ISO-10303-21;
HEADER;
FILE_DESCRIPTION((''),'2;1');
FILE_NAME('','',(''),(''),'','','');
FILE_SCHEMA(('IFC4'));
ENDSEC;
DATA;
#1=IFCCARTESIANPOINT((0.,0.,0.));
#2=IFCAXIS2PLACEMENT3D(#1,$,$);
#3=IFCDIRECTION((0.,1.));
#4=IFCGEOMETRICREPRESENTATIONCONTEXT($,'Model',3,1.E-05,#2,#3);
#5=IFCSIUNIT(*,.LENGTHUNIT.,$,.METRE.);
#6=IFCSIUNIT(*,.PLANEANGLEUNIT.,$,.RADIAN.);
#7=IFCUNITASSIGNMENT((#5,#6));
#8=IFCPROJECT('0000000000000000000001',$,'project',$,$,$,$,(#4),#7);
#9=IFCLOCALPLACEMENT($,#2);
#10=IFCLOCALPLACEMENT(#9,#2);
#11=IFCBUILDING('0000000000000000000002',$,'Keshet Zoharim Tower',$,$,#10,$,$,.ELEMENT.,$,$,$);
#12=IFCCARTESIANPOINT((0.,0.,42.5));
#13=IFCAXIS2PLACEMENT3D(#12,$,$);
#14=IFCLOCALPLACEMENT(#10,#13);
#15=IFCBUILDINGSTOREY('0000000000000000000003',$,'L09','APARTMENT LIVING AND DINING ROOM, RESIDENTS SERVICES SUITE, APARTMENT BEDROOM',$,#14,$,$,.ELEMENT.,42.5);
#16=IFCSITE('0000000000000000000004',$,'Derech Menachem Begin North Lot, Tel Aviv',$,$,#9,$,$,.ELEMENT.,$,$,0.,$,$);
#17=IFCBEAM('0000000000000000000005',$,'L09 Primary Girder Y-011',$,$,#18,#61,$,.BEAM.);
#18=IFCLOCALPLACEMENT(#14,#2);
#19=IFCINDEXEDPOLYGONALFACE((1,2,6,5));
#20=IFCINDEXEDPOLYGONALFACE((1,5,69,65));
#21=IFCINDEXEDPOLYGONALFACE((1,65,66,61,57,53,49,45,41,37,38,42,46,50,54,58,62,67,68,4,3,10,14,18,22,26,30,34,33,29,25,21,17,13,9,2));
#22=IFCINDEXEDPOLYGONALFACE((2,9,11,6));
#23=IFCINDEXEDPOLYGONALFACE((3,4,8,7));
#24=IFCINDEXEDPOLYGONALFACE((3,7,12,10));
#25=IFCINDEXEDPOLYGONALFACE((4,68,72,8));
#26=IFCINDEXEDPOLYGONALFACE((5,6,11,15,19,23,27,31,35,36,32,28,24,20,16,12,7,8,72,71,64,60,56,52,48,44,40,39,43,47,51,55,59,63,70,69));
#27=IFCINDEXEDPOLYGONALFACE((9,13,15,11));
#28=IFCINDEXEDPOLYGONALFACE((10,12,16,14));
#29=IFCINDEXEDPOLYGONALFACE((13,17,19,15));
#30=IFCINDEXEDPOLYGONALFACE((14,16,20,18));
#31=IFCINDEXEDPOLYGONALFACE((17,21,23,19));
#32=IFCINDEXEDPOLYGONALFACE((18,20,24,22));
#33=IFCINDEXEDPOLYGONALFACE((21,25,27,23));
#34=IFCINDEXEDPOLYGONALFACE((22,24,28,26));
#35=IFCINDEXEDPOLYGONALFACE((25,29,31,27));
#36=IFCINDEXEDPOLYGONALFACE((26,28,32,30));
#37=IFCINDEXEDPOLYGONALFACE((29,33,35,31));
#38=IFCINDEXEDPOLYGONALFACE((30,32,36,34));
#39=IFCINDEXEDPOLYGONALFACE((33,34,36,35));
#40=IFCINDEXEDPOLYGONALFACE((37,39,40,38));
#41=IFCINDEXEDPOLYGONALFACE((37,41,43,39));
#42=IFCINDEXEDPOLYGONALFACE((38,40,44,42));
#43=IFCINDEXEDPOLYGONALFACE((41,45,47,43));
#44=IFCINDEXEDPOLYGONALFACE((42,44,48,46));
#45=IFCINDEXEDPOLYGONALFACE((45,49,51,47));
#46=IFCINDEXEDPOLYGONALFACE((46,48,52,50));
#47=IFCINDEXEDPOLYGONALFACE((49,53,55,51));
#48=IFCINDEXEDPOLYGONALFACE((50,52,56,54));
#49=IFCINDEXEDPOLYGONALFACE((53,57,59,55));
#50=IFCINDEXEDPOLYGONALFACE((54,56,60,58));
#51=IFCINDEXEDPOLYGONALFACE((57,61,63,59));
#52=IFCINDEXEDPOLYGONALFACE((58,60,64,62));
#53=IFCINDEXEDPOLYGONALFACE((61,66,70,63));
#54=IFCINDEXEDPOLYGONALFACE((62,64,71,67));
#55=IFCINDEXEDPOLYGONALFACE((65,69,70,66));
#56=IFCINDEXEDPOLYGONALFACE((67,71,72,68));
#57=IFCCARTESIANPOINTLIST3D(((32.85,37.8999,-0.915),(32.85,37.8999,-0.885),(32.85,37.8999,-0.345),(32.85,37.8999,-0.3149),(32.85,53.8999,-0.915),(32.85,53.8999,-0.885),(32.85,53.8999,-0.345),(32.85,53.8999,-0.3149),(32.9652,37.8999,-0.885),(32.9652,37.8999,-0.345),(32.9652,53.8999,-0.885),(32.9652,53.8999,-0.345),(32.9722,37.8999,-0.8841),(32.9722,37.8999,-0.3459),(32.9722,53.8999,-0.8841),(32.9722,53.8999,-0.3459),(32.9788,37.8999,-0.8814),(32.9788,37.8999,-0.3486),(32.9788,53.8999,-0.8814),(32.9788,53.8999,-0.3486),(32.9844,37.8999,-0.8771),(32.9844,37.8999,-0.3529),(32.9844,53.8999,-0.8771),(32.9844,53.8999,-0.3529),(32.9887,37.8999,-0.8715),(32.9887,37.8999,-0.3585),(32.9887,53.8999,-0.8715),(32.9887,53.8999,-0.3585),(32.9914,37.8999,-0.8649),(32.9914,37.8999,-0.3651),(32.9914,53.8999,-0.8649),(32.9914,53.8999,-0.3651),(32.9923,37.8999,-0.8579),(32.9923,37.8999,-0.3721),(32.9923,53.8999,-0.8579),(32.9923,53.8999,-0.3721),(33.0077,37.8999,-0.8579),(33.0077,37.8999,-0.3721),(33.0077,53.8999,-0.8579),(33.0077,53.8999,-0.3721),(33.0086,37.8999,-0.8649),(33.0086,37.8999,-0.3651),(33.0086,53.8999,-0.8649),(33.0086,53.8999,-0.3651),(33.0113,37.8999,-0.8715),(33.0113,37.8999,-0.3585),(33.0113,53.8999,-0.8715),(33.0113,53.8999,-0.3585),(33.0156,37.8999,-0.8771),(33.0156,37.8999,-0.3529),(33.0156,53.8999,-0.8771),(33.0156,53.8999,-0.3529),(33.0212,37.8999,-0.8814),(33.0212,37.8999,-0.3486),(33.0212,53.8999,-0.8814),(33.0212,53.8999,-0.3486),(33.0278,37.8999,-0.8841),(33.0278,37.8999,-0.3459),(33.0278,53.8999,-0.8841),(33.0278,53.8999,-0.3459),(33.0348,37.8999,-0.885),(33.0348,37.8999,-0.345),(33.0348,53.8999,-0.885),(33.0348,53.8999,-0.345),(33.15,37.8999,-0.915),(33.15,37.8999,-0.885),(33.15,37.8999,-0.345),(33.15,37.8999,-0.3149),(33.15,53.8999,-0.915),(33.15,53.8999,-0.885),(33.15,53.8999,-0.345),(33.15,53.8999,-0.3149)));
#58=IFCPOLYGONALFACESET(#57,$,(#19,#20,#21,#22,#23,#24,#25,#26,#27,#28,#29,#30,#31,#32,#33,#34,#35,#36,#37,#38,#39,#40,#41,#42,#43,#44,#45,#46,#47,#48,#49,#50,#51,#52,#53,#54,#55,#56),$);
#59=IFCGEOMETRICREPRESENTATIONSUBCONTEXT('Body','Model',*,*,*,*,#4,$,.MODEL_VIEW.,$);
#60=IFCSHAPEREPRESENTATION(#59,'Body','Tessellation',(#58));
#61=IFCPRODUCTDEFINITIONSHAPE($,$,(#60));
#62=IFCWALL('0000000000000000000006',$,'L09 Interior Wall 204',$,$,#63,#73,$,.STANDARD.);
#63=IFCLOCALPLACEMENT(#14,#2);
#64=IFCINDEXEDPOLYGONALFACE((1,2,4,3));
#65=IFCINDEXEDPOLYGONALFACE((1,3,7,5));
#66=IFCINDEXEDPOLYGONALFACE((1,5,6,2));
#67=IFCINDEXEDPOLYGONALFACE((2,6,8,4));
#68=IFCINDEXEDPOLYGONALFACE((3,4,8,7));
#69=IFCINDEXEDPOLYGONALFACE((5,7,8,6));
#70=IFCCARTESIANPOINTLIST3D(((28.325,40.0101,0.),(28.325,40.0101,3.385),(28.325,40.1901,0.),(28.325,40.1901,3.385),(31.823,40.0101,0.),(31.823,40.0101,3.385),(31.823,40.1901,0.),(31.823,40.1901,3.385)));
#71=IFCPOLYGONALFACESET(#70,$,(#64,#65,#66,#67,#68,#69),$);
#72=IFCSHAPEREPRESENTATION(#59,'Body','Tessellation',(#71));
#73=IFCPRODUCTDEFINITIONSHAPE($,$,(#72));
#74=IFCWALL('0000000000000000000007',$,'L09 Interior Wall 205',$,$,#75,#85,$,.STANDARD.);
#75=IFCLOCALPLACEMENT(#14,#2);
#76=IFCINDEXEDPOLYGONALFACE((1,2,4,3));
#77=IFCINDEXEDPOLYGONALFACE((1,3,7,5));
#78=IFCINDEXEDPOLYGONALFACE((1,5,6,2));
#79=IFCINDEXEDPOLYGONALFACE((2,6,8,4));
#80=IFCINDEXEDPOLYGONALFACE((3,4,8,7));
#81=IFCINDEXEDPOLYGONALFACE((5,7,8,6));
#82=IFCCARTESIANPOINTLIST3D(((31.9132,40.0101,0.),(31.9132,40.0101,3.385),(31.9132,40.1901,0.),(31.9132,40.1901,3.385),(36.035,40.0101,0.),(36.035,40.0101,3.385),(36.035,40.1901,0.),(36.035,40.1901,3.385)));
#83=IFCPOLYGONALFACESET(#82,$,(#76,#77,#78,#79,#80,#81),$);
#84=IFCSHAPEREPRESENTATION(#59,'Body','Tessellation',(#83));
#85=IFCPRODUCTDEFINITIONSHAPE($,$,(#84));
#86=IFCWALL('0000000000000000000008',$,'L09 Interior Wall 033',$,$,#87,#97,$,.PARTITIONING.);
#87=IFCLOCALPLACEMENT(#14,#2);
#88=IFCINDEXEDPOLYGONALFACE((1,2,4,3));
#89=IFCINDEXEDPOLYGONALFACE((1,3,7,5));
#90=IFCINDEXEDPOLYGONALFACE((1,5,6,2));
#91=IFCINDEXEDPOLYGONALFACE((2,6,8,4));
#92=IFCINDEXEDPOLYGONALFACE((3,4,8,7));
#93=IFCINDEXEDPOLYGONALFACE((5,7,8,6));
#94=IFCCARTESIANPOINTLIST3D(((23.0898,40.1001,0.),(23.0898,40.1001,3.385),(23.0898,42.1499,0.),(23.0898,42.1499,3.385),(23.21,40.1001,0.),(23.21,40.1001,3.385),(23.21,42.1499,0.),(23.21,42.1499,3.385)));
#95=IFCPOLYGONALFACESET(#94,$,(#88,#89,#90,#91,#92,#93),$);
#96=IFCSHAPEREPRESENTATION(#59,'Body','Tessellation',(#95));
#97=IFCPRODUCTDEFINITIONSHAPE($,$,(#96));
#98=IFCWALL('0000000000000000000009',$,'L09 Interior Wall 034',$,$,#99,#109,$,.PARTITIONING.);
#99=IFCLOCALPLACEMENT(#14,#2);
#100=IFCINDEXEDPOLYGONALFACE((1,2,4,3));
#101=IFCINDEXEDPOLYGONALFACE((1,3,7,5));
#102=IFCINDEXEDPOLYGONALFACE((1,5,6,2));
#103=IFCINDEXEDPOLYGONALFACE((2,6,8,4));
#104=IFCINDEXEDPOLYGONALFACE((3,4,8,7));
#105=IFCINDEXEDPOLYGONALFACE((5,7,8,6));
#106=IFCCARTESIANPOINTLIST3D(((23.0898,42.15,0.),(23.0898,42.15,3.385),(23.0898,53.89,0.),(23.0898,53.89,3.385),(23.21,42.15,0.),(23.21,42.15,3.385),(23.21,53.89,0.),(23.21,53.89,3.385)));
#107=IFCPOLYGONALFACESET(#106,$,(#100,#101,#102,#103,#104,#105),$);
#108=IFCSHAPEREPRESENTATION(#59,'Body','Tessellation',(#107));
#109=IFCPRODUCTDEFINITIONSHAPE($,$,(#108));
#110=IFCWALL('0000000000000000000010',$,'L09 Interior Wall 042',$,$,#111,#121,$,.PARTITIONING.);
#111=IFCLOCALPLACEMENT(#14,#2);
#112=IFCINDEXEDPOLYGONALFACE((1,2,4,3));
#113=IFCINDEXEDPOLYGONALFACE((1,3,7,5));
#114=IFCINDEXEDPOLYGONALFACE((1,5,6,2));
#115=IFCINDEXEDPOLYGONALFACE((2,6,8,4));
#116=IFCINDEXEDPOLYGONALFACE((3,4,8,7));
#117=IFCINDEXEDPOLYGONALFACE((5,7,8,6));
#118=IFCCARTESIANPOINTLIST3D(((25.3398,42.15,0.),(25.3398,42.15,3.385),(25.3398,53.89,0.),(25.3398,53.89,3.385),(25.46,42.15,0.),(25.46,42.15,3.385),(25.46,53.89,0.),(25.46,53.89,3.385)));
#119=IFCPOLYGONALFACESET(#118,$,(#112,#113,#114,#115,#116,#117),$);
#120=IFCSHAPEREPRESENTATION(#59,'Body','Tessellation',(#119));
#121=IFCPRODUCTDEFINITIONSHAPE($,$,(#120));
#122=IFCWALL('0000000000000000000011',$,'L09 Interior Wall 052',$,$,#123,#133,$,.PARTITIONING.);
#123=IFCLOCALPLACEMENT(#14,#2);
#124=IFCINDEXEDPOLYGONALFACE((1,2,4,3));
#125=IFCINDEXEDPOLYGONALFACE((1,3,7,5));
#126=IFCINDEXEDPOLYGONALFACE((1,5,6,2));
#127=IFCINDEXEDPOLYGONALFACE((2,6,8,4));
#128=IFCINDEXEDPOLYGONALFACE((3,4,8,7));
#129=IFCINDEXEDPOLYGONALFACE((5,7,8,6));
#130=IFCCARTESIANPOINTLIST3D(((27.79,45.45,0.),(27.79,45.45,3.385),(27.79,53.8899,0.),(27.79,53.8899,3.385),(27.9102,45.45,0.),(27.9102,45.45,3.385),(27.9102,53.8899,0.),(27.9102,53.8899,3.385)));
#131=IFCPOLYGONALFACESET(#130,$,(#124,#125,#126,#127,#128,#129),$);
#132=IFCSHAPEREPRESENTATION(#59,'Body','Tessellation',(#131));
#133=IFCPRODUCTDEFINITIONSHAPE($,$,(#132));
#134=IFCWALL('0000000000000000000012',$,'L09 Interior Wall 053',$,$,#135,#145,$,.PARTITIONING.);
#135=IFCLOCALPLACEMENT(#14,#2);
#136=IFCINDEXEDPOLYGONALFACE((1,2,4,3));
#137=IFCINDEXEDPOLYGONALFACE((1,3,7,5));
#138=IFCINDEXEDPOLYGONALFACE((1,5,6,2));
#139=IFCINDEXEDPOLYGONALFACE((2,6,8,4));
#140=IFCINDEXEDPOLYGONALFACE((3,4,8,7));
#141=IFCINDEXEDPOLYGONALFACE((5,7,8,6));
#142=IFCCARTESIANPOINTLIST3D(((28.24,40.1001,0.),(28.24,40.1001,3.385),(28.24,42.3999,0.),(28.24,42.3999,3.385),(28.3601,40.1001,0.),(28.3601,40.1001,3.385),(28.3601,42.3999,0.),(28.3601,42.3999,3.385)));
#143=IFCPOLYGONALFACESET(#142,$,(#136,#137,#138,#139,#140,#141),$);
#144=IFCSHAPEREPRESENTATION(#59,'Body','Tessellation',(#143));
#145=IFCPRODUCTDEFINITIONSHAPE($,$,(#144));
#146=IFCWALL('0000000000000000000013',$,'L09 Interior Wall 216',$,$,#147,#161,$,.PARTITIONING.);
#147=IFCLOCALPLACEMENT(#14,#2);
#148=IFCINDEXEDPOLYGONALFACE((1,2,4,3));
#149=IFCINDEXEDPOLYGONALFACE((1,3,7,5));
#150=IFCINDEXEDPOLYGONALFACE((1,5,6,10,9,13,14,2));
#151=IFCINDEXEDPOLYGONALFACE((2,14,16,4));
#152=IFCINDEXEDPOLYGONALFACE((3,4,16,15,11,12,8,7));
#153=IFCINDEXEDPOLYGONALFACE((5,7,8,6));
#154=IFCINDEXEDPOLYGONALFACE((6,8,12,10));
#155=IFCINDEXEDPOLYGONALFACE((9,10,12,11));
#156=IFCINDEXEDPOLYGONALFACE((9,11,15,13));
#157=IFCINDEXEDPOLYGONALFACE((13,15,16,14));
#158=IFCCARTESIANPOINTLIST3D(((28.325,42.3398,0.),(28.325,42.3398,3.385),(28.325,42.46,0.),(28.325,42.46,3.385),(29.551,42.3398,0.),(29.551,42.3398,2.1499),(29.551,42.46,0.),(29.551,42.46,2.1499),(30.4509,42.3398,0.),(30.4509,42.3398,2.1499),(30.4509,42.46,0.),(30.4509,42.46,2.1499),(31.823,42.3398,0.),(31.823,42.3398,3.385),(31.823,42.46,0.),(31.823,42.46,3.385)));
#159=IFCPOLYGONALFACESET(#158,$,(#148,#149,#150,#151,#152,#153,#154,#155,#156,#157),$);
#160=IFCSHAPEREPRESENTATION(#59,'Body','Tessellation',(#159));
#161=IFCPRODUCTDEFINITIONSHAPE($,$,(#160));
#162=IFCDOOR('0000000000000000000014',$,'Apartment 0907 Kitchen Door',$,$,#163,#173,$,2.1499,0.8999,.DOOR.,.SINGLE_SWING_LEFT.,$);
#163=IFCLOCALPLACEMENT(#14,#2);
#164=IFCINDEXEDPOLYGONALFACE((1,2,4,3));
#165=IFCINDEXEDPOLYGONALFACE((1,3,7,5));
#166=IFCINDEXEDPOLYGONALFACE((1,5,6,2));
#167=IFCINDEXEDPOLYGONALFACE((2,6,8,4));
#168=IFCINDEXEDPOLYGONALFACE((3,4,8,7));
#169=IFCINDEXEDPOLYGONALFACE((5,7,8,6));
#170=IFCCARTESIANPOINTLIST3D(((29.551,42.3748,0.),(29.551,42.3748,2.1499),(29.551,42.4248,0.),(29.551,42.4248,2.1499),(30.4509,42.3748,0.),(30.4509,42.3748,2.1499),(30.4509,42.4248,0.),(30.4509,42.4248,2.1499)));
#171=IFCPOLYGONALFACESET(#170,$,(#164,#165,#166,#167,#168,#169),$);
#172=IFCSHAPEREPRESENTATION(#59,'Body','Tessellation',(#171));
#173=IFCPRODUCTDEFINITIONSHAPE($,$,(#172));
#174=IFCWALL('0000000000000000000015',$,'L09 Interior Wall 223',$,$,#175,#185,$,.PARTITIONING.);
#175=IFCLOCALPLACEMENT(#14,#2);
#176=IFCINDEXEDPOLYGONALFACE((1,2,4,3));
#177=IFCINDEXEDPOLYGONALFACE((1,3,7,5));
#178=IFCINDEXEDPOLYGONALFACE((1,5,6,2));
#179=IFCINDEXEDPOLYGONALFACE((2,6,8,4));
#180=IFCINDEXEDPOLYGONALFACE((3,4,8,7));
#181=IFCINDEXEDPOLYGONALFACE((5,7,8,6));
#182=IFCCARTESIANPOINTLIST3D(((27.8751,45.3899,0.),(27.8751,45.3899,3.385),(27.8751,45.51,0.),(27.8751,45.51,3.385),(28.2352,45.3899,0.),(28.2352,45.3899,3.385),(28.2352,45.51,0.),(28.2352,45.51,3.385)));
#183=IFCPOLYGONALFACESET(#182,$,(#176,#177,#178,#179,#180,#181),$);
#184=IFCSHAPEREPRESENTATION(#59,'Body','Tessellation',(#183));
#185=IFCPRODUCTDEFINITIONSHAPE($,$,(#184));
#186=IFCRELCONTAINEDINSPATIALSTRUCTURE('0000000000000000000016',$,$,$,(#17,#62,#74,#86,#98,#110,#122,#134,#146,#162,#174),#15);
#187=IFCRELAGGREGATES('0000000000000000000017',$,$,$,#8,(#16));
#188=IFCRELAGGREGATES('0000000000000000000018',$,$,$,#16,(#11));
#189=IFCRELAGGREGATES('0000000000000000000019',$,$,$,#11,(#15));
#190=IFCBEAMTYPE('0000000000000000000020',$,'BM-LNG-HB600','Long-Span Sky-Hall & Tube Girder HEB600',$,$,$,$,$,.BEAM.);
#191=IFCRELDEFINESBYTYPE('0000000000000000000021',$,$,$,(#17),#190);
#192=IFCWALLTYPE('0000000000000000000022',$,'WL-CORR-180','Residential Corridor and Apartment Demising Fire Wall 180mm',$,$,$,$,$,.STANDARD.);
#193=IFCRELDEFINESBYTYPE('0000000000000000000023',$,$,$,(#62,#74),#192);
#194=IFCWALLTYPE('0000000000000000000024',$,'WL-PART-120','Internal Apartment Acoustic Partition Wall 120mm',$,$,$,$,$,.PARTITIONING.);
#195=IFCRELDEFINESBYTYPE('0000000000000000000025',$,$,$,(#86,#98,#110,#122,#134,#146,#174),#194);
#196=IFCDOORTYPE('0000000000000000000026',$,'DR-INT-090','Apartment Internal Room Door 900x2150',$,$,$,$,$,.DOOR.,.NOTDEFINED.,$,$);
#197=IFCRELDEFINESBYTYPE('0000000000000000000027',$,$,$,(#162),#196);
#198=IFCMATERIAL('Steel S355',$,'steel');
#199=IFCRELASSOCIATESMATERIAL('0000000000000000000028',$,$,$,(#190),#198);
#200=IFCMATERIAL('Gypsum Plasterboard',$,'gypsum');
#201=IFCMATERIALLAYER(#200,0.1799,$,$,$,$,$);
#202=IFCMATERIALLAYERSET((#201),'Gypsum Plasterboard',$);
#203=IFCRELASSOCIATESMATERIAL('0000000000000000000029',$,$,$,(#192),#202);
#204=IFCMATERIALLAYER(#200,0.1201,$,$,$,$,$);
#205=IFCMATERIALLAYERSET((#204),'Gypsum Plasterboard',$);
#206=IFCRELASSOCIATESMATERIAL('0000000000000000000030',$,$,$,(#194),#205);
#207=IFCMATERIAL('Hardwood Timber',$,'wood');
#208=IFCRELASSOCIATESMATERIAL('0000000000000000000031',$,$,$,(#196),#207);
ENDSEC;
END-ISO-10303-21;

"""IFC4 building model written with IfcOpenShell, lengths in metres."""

from ifc_helpers import new_model, si_unit, direction, frame, frame_2d, origin, origin_2d, place, context, subcontext, project, spatial, rectangle, i_section, extrude, material, layer, layer_set, material_profile, profile_set, type_object, element, fill, save


model = new_model("IFC4")

# Units and contexts
model_context = context("Model", 3, precision=1e-05, world=origin(), true_north=direction((0.0, 1.0)))
body_context = subcontext(model_context, "Body", "Model", "MODEL_VIEW")
ifc_project = project(units=[si_unit("LENGTHUNIT", "METRE"), si_unit("PLANEANGLEUNIT", "RADIAN")], contexts=[model_context])

# Site, building, storey
site_placement = place(None, origin())
site = spatial("IfcSite", under=ifc_project, at=site_placement, Name="Derech Menachem Begin North Lot, Tel Aviv", CompositionType="ELEMENT", RefElevation=0.0)
building_placement = place(site_placement, origin())
building = spatial("IfcBuilding", under=site, at=building_placement, Name="Keshet Zoharim Tower", CompositionType="ELEMENT")
storey_placement = place(building_placement, frame((0.0, 0.0, 42.5)))
storey = spatial("IfcBuildingStorey", under=building, at=storey_placement, Name="L09", Description="APARTMENT LIVING AND DINING ROOM, RESIDENTS SERVICES SUITE, APARTMENT BEDROOM", CompositionType="ELEMENT", Elevation=42.5)

# Beam
ifc_material_1 = material(Name="Steel S355", Category="steel")
ifc_material_profile_1 = material_profile(ifc_material_1, i_section(OverallWidth=0.3, OverallDepth=0.6001, WebThickness=0.0154, FlangeThickness=0.03, FilletRadius=0.0271, at=origin_2d()), Name="HEB600")
ifc_profile_set_1 = profile_set([ifc_material_profile_1], Name="Steel S355")
beam_type_1 = type_object("IfcBeamType", Name="BM-LNG-HB600", Description="Long-Span Sky-Hall & Tube Girder HEB600", PredefinedType="BEAM", material=ifc_profile_set_1)
beam_1_placement = place(storey_placement, frame((33.0, 37.8999, -0.615), z_axis=(0.0, 1.0, 0.0), x_axis=(-1.0, 0.0, 0.0)))
element("IfcBeam", 1, at=beam_1_placement, inside=storey, type_object=beam_type_1, Name="L09 Primary Girder Y-011", PredefinedType="BEAM", context=body_context, shape_type="SweptSolid", body=[
    extrude(i_section(OverallWidth=0.3, OverallDepth=0.6001, WebThickness=0.0154, FlangeThickness=0.03, FilletRadius=0.0271, at=origin_2d()), origin(), (0.0, 0.0, 1.0), 16.0),
])

# Shared definitions
ifc_material_2 = material(Name="Gypsum Plasterboard", Category="gypsum")
ifc_layer_1 = layer(ifc_material_2, 0.1799)
ifc_layer_set_1 = layer_set([ifc_layer_1], Name="Gypsum Plasterboard")
wall_type_1 = type_object("IfcWallType", Name="WL-CORR-180", Description="Residential Corridor and Apartment Demising Fire Wall 180mm", PredefinedType="STANDARD", material=ifc_layer_set_1)
ifc_material_3 = material(Name="Hardwood Timber", Category="wood")

# Walls
wall_1_placement = place(storey_placement, frame((28.325, 40.1001, 0.0), z_axis=(0.0, 0.0, 1.0), x_axis=(1.0, 0.0, 0.0)))
element("IfcWall", 2, at=wall_1_placement, inside=storey, type_object=wall_type_1, Name="L09 Interior Wall 204", PredefinedType="STANDARD", context=body_context, shape_type="SweptSolid", body=[
    extrude(rectangle(XDim=3.498, YDim=0.1799, at=frame_2d((1.749, 0.0))), origin(), (0.0, 0.0, 1.0), 3.385),
])
wall_2_placement = place(storey_placement, frame((31.9131, 40.1001, 0.0), z_axis=(0.0, 0.0, 1.0), x_axis=(1.0, 0.0, 0.0)))
element("IfcWall", 3, at=wall_2_placement, inside=storey, type_object=wall_type_1, Name="L09 Interior Wall 205", PredefinedType="STANDARD", context=body_context, shape_type="SweptSolid", body=[
    extrude(rectangle(XDim=4.1218, YDim=0.1799, at=frame_2d((2.061, 0.0))), origin(), (0.0, 0.0, 1.0), 3.385),
])
ifc_layer_2 = layer(ifc_material_2, 0.1201)
ifc_layer_set_2 = layer_set([ifc_layer_2], Name="Gypsum Plasterboard")
wall_type_2 = type_object("IfcWallType", Name="WL-PART-120", Description="Internal Apartment Acoustic Partition Wall 120mm", PredefinedType="PARTITIONING", material=ifc_layer_set_2)
wall_3_placement = place(storey_placement, frame((23.1499, 40.1001, 0.0), z_axis=(0.0, 0.0, 1.0), x_axis=(0.0, 1.0, 0.0)))
element("IfcWall", 4, at=wall_3_placement, inside=storey, type_object=wall_type_2, Name="L09 Interior Wall 033", PredefinedType="PARTITIONING", context=body_context, shape_type="SweptSolid", body=[
    extrude(rectangle(XDim=2.0498, YDim=0.1201, at=frame_2d((1.0249, 0.0))), origin(), (0.0, 0.0, 1.0), 3.385),
])
for number, where, z_axis, x_axis, name in (
    (5, (23.1499, 42.1499, 0.0), (0.0, 0.0, 1.0), (0.0, 1.0, 0.0), "L09 Interior Wall 034"),
    (6, (25.3999, 42.1499, 0.0), (0.0, 0.0, 1.0), (0.0, 1.0, 0.0), "L09 Interior Wall 042"),
):
    element("IfcWall", number, at=place(storey_placement, frame(where, z_axis=z_axis, x_axis=x_axis)), inside=storey, type_object=wall_type_2, Name=name, PredefinedType="PARTITIONING", context=body_context, shape_type="SweptSolid", body=[
        extrude(rectangle(XDim=11.74, YDim=0.1201, at=frame_2d((5.8701, 0.0))), origin(), (0.0, 0.0, 1.0), 3.385),
    ])
wall_4_placement = place(storey_placement, frame((27.8501, 45.45, 0.0), z_axis=(0.0, 0.0, 1.0), x_axis=(0.0, 1.0, 0.0)))
element("IfcWall", 7, at=wall_4_placement, inside=storey, type_object=wall_type_2, Name="L09 Interior Wall 052", PredefinedType="PARTITIONING", context=body_context, shape_type="SweptSolid", body=[
    extrude(rectangle(XDim=8.4399, YDim=0.1201, at=frame_2d((4.22, 0.0))), origin(), (0.0, 0.0, 1.0), 3.385),
])
wall_5_placement = place(storey_placement, frame((28.3, 40.1001, 0.0), z_axis=(0.0, 0.0, 1.0), x_axis=(0.0, 1.0, 0.0)))
element("IfcWall", 8, at=wall_5_placement, inside=storey, type_object=wall_type_2, Name="L09 Interior Wall 053", PredefinedType="PARTITIONING", context=body_context, shape_type="SweptSolid", body=[
    extrude(rectangle(XDim=2.2998, YDim=0.1201, at=frame_2d((1.1499, 0.0))), origin(), (0.0, 0.0, 1.0), 3.385),
])

# Wall, opening, door
door_type_1 = type_object("IfcDoorType", Name="DR-INT-090", Description="Apartment Internal Room Door 900x2150", OperationType="NOTDEFINED", PredefinedType="DOOR", material=ifc_material_3)
wall_6_placement = place(storey_placement, frame((28.325, 42.3999, 0.0), z_axis=(0.0, 0.0, 1.0), x_axis=(1.0, 0.0, 0.0)))
wall_6 = element("IfcWall", 9, at=wall_6_placement, inside=storey, type_object=wall_type_2, Name="L09 Interior Wall 216", PredefinedType="PARTITIONING", context=body_context, shape_type="SweptSolid", body=[
    extrude(rectangle(XDim=3.498, YDim=0.1201, at=frame_2d((1.749, 0.0))), origin(), (0.0, 0.0, 1.0), 3.385),
])
opening_1_placement = place(wall_6_placement, frame((1.2261, 0.0, 0.0)))
opening_1 = element("IfcOpeningElement", 10, at=opening_1_placement, cuts=wall_6, PredefinedType="OPENING", context=body_context, shape_type="SweptSolid", body=[
    extrude(rectangle(XDim=0.8999, YDim=2.1499, at=frame_2d((0.45, 1.075))), frame((0.0, 0.0701, 0.0), z_axis=(0.0, -1.0, 0.0), x_axis=(1.0, 0.0, 0.0)), (0.0, 0.0, 1.0), 0.1401),
])
door_1_placement = place(opening_1_placement, origin())
door_1 = element("IfcDoor", 11, at=door_1_placement, inside=storey, type_object=door_type_1, Name="Apartment 0907 Kitchen Door", OperationType="SINGLE_SWING_LEFT", OverallHeight=2.1499, OverallWidth=0.8999, PredefinedType="DOOR", context=body_context, shape_type="SweptSolid", body=[
    extrude(rectangle(XDim=0.8999, YDim=2.1499, at=frame_2d((0.45, 1.075))), frame((0.0, 0.0249, 0.0), z_axis=(0.0, -1.0, 0.0), x_axis=(1.0, 0.0, 0.0)), (0.0, 0.0, 1.0), 0.05),
])
fill(opening_1, door_1)

# Wall
wall_7_placement = place(storey_placement, frame((27.875, 45.45, 0.0), z_axis=(0.0, 0.0, 1.0), x_axis=(1.0, 0.0, 0.0)))
element("IfcWall", 12, at=wall_7_placement, inside=storey, type_object=wall_type_2, Name="L09 Interior Wall 223", PredefinedType="PARTITIONING", context=body_context, shape_type="SweptSolid", body=[
    extrude(rectangle(XDim=0.3601, YDim=0.1201, at=frame_2d((0.1802, 0.0))), origin(), (0.0, 0.0, 1.0), 3.385),
])

save(model, "model.ifc")
